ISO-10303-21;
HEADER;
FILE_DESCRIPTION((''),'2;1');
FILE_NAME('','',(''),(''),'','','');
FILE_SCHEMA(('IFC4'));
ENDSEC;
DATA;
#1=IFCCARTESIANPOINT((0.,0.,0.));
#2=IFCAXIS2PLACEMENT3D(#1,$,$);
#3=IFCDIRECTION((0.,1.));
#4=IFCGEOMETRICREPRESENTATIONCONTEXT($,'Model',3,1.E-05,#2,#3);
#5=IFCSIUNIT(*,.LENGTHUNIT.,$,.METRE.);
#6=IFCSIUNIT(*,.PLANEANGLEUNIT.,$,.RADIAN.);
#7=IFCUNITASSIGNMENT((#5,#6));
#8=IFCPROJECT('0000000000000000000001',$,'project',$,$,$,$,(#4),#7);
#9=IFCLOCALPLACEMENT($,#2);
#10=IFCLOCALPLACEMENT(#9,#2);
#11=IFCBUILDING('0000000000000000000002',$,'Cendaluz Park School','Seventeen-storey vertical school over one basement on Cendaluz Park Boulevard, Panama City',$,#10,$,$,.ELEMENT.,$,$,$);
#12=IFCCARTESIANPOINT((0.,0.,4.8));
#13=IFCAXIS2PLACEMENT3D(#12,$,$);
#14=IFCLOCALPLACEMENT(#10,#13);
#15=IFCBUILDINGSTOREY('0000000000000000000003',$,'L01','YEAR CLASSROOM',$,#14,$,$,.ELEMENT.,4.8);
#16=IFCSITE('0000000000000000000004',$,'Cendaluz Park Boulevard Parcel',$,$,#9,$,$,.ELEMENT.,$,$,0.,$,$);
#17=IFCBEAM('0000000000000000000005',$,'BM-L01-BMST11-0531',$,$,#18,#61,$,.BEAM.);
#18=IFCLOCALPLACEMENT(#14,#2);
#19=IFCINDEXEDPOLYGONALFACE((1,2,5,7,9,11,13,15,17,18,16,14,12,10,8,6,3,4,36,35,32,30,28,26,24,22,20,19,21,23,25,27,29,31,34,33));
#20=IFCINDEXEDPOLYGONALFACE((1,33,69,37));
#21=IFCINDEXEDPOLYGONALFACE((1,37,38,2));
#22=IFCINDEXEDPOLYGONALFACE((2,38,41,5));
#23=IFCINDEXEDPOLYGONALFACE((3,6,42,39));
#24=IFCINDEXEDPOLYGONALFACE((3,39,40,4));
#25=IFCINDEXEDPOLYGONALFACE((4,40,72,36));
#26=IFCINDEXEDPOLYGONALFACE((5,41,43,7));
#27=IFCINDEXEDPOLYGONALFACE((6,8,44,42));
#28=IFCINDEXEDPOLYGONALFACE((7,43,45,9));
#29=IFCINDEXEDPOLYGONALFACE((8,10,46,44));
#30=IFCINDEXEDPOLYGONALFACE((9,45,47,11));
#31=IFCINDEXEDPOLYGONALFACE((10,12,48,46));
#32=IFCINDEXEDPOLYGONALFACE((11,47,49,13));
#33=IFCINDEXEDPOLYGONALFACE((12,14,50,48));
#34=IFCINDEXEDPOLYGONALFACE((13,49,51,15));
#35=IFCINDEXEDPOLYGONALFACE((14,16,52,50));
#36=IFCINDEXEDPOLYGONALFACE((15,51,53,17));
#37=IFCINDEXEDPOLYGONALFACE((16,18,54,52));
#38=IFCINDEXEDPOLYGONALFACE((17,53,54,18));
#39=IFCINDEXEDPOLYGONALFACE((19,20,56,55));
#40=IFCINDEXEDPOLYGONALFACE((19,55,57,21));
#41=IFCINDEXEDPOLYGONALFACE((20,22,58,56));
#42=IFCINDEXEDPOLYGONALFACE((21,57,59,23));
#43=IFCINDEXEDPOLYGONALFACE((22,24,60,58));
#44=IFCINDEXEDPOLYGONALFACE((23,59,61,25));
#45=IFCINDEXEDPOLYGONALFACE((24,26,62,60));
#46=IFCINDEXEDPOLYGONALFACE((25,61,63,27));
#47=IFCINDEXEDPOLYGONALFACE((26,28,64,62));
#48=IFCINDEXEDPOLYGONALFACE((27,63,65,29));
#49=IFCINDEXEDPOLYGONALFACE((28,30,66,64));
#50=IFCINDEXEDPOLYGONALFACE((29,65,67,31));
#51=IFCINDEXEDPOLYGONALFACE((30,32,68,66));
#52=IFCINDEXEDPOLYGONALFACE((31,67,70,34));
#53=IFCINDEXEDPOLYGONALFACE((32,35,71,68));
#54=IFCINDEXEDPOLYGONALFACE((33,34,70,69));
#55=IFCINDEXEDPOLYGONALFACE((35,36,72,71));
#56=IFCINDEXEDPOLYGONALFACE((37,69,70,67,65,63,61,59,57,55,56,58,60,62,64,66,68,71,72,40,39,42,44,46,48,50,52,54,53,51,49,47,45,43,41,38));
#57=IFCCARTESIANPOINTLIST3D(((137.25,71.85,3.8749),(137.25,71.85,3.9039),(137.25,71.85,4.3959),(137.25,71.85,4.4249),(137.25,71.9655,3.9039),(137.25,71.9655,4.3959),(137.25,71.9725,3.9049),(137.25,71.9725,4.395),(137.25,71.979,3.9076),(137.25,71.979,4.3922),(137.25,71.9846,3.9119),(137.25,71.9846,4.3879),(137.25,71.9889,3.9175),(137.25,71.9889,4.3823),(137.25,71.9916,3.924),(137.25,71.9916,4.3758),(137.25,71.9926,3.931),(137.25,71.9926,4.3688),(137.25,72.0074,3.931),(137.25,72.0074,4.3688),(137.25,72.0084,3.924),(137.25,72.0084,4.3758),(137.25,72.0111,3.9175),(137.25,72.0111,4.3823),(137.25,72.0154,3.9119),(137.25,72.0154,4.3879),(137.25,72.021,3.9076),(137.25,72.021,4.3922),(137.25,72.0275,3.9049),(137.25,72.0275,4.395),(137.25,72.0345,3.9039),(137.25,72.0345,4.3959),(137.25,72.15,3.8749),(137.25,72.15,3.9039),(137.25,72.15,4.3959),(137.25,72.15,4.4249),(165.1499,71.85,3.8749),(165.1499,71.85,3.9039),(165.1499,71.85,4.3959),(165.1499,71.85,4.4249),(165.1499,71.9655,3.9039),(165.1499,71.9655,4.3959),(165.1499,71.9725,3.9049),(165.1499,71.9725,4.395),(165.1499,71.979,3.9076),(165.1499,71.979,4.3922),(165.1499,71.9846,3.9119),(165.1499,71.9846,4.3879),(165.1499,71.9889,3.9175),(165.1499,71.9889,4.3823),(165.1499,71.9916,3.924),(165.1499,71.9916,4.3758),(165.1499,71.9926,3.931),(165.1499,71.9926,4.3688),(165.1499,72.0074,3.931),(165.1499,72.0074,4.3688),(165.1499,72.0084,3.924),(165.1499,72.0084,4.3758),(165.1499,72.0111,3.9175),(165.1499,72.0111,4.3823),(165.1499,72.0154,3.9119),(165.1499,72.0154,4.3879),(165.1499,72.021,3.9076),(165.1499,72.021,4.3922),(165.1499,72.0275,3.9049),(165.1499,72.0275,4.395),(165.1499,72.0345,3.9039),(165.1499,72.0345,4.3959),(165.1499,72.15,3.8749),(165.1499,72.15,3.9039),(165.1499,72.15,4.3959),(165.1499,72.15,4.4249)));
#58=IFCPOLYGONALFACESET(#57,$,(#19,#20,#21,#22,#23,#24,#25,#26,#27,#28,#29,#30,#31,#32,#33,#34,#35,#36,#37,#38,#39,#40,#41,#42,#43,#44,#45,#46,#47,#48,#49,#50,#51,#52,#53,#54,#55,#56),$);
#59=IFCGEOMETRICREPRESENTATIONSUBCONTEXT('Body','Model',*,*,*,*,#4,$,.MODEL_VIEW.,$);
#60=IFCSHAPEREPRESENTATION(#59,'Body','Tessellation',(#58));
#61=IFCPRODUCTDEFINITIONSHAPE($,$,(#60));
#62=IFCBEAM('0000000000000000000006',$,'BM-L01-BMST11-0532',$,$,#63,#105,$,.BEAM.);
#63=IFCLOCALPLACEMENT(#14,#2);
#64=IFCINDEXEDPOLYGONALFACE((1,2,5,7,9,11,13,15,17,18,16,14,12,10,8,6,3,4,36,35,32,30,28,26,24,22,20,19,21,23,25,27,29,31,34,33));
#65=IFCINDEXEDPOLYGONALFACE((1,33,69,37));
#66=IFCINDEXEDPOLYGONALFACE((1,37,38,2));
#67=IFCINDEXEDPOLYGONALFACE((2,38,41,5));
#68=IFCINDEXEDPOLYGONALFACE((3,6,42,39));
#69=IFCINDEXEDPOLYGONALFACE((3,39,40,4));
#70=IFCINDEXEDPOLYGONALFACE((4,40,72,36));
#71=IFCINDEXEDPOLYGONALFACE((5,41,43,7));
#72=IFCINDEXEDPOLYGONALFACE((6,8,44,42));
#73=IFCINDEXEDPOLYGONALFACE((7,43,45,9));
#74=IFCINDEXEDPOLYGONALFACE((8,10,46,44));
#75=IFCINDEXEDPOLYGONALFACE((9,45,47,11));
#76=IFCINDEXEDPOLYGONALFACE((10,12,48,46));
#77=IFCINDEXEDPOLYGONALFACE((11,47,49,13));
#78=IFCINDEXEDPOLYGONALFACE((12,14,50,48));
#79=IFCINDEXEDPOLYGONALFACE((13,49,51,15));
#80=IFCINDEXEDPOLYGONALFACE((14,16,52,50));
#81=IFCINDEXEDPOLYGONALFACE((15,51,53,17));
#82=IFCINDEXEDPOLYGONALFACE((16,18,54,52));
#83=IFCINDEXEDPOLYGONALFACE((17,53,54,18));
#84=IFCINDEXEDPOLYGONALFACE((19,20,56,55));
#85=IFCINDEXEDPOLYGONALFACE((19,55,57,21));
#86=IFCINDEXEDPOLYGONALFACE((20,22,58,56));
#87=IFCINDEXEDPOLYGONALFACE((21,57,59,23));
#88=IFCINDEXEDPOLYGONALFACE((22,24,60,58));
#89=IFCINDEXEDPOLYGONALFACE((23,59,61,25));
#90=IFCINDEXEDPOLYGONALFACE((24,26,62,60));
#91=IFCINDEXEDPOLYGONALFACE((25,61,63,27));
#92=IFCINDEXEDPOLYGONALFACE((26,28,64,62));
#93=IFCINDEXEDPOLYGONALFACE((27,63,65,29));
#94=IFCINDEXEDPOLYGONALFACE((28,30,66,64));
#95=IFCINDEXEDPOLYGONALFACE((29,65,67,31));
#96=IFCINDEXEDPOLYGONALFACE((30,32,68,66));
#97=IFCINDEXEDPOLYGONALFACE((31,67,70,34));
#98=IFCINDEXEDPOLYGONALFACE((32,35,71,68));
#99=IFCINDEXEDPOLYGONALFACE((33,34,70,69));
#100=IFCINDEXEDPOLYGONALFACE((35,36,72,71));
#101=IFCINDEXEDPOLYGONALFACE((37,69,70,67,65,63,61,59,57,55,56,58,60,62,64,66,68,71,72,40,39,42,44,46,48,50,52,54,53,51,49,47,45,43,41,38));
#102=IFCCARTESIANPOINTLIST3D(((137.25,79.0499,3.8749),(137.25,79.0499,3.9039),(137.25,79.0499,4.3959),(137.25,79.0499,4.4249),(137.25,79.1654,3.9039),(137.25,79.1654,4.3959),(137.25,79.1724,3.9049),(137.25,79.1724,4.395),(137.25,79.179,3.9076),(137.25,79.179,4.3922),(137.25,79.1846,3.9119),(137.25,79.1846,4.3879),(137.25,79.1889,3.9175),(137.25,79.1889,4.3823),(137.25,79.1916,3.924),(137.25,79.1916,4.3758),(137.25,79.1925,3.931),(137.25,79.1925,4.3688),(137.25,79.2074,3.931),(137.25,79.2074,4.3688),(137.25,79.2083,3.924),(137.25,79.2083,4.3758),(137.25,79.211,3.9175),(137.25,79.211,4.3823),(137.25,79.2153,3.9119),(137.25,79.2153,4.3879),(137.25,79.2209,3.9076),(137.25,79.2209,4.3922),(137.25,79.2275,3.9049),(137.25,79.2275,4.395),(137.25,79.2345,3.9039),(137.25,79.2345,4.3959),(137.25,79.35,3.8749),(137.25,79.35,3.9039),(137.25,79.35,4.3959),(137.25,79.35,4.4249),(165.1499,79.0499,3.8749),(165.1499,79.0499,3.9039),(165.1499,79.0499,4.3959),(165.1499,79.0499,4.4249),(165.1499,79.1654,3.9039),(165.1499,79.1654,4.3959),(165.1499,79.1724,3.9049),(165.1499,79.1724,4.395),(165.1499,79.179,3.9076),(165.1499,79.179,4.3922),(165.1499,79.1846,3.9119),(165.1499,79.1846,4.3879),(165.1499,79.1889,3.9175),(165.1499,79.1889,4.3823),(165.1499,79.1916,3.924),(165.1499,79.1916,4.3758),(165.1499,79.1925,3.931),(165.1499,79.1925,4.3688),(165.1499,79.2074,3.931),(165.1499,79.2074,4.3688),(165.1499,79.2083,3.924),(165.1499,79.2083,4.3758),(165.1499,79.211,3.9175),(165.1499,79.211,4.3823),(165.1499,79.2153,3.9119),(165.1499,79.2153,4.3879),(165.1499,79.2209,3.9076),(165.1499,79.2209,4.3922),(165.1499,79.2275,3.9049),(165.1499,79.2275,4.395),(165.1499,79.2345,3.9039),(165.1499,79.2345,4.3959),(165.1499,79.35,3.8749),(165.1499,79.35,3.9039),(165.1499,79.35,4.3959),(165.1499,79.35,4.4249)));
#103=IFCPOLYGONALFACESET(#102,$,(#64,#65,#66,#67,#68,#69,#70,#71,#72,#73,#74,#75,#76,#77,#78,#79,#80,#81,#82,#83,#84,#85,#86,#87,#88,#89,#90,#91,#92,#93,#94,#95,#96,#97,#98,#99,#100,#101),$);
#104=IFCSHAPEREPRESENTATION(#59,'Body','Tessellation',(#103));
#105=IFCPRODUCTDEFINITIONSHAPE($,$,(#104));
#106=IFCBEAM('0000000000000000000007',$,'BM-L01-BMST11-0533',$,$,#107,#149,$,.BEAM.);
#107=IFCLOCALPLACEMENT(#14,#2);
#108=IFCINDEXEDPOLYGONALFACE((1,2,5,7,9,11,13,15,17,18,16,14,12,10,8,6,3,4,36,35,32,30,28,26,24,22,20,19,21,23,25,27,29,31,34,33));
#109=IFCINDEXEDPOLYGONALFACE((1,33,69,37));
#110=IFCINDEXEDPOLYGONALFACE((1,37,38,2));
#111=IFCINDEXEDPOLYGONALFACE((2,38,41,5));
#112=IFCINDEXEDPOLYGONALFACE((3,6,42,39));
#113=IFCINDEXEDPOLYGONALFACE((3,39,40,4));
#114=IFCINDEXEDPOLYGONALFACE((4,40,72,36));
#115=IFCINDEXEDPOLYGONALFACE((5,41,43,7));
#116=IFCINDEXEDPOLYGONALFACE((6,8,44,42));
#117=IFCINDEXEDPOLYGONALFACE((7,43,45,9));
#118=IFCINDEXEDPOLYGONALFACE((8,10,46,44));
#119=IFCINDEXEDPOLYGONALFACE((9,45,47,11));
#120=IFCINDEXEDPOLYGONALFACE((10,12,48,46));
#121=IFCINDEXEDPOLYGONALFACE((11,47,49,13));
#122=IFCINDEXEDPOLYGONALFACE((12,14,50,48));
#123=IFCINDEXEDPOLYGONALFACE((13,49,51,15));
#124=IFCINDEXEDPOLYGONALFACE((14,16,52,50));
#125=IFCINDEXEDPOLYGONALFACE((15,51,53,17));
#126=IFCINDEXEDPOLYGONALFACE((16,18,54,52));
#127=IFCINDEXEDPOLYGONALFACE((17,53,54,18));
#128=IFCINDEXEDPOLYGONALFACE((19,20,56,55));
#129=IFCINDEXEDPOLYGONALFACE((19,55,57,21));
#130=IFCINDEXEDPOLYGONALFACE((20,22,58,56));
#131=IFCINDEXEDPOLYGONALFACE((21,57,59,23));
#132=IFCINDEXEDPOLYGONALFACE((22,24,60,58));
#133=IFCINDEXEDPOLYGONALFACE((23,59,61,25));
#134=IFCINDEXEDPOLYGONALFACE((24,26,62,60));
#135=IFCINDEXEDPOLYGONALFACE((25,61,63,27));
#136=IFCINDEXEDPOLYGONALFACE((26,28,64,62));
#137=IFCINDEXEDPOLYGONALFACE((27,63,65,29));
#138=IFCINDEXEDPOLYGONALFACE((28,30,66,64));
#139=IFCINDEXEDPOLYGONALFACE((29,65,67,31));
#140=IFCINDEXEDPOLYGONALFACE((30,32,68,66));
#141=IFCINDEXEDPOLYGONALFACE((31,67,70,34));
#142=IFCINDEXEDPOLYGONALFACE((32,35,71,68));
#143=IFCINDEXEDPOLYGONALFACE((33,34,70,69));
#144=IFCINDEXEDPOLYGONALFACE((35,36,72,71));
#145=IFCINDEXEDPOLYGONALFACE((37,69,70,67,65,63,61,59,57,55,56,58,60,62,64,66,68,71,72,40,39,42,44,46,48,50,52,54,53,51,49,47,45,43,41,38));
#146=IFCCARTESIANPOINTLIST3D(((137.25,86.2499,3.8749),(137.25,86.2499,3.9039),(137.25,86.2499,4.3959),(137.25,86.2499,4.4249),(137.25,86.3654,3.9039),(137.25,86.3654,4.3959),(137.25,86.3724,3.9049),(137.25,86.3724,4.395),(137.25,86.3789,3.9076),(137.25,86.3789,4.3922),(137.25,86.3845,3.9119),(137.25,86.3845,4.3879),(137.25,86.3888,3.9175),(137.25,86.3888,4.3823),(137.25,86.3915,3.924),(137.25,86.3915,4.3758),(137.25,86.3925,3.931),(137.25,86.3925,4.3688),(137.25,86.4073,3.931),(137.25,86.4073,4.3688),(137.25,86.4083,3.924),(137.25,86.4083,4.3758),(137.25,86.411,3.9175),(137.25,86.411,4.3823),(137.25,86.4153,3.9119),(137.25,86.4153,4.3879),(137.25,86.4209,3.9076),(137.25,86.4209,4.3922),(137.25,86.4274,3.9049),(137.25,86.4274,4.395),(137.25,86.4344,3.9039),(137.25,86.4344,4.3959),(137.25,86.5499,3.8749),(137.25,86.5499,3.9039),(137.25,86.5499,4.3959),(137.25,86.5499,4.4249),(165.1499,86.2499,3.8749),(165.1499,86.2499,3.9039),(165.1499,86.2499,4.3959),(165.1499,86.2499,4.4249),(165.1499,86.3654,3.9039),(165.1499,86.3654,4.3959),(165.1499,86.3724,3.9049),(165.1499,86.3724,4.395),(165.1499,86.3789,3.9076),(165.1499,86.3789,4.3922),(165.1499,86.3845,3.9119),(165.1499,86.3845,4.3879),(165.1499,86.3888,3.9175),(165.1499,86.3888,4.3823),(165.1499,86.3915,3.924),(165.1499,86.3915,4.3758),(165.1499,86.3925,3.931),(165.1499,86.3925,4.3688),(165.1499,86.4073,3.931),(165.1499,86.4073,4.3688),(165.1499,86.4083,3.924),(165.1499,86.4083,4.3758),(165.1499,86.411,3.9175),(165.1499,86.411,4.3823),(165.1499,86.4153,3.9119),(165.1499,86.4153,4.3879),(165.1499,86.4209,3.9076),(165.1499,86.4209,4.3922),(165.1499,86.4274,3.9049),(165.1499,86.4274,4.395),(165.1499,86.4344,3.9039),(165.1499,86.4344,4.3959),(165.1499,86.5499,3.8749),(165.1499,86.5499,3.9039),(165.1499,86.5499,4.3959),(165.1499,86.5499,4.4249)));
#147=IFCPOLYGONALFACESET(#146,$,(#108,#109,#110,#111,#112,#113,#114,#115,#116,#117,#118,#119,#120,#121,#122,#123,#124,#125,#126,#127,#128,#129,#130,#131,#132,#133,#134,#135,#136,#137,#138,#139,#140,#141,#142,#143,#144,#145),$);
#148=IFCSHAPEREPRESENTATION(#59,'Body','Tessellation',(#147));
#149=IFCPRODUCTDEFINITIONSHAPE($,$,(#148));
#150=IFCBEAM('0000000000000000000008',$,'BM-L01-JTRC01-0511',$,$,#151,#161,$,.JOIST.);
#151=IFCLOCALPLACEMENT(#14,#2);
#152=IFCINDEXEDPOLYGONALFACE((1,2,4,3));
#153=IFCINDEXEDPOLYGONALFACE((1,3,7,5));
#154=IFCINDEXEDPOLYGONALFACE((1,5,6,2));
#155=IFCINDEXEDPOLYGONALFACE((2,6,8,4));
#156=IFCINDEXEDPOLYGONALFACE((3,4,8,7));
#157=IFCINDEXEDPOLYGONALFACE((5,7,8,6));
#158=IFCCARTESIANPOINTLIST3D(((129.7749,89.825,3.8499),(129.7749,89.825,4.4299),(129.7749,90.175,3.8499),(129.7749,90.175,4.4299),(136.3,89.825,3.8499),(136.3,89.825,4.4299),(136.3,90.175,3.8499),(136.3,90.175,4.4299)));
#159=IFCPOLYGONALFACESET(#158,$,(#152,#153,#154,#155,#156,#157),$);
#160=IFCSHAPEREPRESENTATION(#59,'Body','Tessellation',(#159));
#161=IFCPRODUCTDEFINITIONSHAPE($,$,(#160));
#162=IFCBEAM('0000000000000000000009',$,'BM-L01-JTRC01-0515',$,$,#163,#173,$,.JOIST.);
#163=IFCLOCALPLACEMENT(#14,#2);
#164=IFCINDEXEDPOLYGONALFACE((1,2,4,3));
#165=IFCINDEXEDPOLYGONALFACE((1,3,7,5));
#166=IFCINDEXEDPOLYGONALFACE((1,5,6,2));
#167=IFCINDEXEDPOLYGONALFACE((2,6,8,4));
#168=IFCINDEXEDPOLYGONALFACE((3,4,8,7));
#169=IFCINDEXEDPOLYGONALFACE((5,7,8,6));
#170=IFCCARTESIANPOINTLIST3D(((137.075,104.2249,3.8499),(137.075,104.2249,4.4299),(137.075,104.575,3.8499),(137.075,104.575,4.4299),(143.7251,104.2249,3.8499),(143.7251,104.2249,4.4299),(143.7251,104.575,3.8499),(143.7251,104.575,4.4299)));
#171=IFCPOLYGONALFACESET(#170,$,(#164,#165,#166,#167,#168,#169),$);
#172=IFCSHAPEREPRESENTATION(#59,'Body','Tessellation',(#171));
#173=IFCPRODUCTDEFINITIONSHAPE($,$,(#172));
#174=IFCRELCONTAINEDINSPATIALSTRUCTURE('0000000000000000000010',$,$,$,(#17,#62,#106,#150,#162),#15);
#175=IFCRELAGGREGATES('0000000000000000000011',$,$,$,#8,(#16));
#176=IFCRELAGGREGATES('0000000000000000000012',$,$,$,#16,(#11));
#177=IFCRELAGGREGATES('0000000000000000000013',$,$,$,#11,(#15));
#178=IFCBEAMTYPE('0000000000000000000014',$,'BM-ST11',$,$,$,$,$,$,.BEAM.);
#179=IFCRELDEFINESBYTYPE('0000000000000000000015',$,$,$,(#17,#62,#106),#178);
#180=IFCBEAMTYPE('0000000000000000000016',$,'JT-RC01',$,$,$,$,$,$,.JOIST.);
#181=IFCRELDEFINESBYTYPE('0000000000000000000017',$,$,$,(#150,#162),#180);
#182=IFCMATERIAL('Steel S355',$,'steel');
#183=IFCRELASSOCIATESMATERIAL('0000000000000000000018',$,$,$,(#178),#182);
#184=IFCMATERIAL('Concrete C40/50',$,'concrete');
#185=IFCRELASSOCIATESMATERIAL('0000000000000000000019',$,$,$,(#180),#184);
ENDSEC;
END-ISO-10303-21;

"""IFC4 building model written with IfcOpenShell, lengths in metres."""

from ifc_helpers import new_model, si_unit, direction, frame, origin, origin_2d, place, context, subcontext, project, spatial, rectangle, i_section, extrude, material, material_profile, profile_set, type_object, element, save


model = new_model("IFC4")

# Units and contexts
model_context = context("Model", 3, precision=1e-05, world=origin(), true_north=direction((0.0, 1.0)))
body_context = subcontext(model_context, "Body", "Model", "MODEL_VIEW")
ifc_project = project(units=[si_unit("LENGTHUNIT", "METRE"), si_unit("PLANEANGLEUNIT", "RADIAN")], contexts=[model_context])

# Site, building, storey
site_placement = place(None, origin())
site = spatial("IfcSite", under=ifc_project, at=site_placement, Name="Cendaluz Park Boulevard Parcel", CompositionType="ELEMENT", RefElevation=0.0)
building_placement = place(site_placement, origin())
building = spatial("IfcBuilding", under=site, at=building_placement, Name="Cendaluz Park School", Description="Seventeen-storey vertical school over one basement on Cendaluz Park Boulevard, Panama City", CompositionType="ELEMENT")
storey_placement = place(building_placement, frame((0.0, 0.0, 4.8)))
storey = spatial("IfcBuildingStorey", under=building, at=storey_placement, Name="L01", Description="YEAR CLASSROOM", CompositionType="ELEMENT", Elevation=4.8)

# Shared definitions
ifc_material_1 = material(Name="Concrete C40/50", Category="concrete")

# Beams
ifc_material_2 = material(Name="Steel S355", Category="steel")
ifc_material_profile_1 = material_profile(ifc_material_2, i_section(OverallWidth=0.3, OverallDepth=0.55, WebThickness=0.0149, FlangeThickness=0.0291, FilletRadius=0.0271, at=origin_2d()), Name="HEB 550", Category="steel")
ifc_profile_set_1 = profile_set([ifc_material_profile_1], Name="Steel S355")
beam_type_1 = type_object("IfcBeamType", Name="BM-ST11", PredefinedType="BEAM", material=ifc_profile_set_1)
for number, where, z_axis, x_axis, name in (
    (1, (137.25, 72.0, 4.1499), (1.0, 0.0, 0.0), (0.0, 1.0, 0.0), "BM-L01-BMST11-0531"),
    (2, (137.25, 79.2, 4.1499), (1.0, 0.0, 0.0), (0.0, 1.0, 0.0), "BM-L01-BMST11-0532"),
    (3, (137.25, 86.3999, 4.1499), (1.0, 0.0, 0.0), (0.0, 1.0, 0.0), "BM-L01-BMST11-0533"),
):
    element("IfcBeam", number, at=place(storey_placement, frame(where, z_axis=z_axis, x_axis=x_axis)), inside=storey, type_object=beam_type_1, Name=name, PredefinedType="BEAM", context=body_context, shape_type="SweptSolid", body=[
        extrude(i_section(OverallWidth=0.3, OverallDepth=0.55, WebThickness=0.0149, FlangeThickness=0.0291, FilletRadius=0.0271, at=origin_2d()), origin(), (0.0, 0.0, 1.0), 27.8999),
    ])
ifc_material_profile_2 = material_profile(ifc_material_1, rectangle(XDim=0.3501, YDim=0.5801, at=origin_2d()), Name="RC 350x580", Category="concrete")
ifc_profile_set_2 = profile_set([ifc_material_profile_2], Name="Concrete C40/50")
beam_type_2 = type_object("IfcBeamType", Name="JT-RC01", PredefinedType="JOIST", material=ifc_profile_set_2)
beam_1_placement = place(storey_placement, frame((129.7749, 90.0, 4.1399), z_axis=(1.0, 0.0, 0.0), x_axis=(0.0, 1.0, 0.0)))
element("IfcBeam", 4, at=beam_1_placement, inside=storey, type_object=beam_type_2, Name="BM-L01-JTRC01-0511", PredefinedType="JOIST", context=body_context, shape_type="SweptSolid", body=[
    extrude(rectangle(XDim=0.3501, YDim=0.5801, at=origin_2d()), origin(), (0.0, 0.0, 1.0), 6.5251),
])
beam_2_placement = place(storey_placement, frame((137.075, 104.3999, 4.1399), z_axis=(1.0, 0.0, 0.0), x_axis=(0.0, 1.0, 0.0)))
element("IfcBeam", 5, at=beam_2_placement, inside=storey, type_object=beam_type_2, Name="BM-L01-JTRC01-0515", PredefinedType="JOIST", context=body_context, shape_type="SweptSolid", body=[
    extrude(rectangle(XDim=0.3501, YDim=0.5801, at=origin_2d()), origin(), (0.0, 0.0, 1.0), 6.6501),
])

save(model, "model.ifc")
